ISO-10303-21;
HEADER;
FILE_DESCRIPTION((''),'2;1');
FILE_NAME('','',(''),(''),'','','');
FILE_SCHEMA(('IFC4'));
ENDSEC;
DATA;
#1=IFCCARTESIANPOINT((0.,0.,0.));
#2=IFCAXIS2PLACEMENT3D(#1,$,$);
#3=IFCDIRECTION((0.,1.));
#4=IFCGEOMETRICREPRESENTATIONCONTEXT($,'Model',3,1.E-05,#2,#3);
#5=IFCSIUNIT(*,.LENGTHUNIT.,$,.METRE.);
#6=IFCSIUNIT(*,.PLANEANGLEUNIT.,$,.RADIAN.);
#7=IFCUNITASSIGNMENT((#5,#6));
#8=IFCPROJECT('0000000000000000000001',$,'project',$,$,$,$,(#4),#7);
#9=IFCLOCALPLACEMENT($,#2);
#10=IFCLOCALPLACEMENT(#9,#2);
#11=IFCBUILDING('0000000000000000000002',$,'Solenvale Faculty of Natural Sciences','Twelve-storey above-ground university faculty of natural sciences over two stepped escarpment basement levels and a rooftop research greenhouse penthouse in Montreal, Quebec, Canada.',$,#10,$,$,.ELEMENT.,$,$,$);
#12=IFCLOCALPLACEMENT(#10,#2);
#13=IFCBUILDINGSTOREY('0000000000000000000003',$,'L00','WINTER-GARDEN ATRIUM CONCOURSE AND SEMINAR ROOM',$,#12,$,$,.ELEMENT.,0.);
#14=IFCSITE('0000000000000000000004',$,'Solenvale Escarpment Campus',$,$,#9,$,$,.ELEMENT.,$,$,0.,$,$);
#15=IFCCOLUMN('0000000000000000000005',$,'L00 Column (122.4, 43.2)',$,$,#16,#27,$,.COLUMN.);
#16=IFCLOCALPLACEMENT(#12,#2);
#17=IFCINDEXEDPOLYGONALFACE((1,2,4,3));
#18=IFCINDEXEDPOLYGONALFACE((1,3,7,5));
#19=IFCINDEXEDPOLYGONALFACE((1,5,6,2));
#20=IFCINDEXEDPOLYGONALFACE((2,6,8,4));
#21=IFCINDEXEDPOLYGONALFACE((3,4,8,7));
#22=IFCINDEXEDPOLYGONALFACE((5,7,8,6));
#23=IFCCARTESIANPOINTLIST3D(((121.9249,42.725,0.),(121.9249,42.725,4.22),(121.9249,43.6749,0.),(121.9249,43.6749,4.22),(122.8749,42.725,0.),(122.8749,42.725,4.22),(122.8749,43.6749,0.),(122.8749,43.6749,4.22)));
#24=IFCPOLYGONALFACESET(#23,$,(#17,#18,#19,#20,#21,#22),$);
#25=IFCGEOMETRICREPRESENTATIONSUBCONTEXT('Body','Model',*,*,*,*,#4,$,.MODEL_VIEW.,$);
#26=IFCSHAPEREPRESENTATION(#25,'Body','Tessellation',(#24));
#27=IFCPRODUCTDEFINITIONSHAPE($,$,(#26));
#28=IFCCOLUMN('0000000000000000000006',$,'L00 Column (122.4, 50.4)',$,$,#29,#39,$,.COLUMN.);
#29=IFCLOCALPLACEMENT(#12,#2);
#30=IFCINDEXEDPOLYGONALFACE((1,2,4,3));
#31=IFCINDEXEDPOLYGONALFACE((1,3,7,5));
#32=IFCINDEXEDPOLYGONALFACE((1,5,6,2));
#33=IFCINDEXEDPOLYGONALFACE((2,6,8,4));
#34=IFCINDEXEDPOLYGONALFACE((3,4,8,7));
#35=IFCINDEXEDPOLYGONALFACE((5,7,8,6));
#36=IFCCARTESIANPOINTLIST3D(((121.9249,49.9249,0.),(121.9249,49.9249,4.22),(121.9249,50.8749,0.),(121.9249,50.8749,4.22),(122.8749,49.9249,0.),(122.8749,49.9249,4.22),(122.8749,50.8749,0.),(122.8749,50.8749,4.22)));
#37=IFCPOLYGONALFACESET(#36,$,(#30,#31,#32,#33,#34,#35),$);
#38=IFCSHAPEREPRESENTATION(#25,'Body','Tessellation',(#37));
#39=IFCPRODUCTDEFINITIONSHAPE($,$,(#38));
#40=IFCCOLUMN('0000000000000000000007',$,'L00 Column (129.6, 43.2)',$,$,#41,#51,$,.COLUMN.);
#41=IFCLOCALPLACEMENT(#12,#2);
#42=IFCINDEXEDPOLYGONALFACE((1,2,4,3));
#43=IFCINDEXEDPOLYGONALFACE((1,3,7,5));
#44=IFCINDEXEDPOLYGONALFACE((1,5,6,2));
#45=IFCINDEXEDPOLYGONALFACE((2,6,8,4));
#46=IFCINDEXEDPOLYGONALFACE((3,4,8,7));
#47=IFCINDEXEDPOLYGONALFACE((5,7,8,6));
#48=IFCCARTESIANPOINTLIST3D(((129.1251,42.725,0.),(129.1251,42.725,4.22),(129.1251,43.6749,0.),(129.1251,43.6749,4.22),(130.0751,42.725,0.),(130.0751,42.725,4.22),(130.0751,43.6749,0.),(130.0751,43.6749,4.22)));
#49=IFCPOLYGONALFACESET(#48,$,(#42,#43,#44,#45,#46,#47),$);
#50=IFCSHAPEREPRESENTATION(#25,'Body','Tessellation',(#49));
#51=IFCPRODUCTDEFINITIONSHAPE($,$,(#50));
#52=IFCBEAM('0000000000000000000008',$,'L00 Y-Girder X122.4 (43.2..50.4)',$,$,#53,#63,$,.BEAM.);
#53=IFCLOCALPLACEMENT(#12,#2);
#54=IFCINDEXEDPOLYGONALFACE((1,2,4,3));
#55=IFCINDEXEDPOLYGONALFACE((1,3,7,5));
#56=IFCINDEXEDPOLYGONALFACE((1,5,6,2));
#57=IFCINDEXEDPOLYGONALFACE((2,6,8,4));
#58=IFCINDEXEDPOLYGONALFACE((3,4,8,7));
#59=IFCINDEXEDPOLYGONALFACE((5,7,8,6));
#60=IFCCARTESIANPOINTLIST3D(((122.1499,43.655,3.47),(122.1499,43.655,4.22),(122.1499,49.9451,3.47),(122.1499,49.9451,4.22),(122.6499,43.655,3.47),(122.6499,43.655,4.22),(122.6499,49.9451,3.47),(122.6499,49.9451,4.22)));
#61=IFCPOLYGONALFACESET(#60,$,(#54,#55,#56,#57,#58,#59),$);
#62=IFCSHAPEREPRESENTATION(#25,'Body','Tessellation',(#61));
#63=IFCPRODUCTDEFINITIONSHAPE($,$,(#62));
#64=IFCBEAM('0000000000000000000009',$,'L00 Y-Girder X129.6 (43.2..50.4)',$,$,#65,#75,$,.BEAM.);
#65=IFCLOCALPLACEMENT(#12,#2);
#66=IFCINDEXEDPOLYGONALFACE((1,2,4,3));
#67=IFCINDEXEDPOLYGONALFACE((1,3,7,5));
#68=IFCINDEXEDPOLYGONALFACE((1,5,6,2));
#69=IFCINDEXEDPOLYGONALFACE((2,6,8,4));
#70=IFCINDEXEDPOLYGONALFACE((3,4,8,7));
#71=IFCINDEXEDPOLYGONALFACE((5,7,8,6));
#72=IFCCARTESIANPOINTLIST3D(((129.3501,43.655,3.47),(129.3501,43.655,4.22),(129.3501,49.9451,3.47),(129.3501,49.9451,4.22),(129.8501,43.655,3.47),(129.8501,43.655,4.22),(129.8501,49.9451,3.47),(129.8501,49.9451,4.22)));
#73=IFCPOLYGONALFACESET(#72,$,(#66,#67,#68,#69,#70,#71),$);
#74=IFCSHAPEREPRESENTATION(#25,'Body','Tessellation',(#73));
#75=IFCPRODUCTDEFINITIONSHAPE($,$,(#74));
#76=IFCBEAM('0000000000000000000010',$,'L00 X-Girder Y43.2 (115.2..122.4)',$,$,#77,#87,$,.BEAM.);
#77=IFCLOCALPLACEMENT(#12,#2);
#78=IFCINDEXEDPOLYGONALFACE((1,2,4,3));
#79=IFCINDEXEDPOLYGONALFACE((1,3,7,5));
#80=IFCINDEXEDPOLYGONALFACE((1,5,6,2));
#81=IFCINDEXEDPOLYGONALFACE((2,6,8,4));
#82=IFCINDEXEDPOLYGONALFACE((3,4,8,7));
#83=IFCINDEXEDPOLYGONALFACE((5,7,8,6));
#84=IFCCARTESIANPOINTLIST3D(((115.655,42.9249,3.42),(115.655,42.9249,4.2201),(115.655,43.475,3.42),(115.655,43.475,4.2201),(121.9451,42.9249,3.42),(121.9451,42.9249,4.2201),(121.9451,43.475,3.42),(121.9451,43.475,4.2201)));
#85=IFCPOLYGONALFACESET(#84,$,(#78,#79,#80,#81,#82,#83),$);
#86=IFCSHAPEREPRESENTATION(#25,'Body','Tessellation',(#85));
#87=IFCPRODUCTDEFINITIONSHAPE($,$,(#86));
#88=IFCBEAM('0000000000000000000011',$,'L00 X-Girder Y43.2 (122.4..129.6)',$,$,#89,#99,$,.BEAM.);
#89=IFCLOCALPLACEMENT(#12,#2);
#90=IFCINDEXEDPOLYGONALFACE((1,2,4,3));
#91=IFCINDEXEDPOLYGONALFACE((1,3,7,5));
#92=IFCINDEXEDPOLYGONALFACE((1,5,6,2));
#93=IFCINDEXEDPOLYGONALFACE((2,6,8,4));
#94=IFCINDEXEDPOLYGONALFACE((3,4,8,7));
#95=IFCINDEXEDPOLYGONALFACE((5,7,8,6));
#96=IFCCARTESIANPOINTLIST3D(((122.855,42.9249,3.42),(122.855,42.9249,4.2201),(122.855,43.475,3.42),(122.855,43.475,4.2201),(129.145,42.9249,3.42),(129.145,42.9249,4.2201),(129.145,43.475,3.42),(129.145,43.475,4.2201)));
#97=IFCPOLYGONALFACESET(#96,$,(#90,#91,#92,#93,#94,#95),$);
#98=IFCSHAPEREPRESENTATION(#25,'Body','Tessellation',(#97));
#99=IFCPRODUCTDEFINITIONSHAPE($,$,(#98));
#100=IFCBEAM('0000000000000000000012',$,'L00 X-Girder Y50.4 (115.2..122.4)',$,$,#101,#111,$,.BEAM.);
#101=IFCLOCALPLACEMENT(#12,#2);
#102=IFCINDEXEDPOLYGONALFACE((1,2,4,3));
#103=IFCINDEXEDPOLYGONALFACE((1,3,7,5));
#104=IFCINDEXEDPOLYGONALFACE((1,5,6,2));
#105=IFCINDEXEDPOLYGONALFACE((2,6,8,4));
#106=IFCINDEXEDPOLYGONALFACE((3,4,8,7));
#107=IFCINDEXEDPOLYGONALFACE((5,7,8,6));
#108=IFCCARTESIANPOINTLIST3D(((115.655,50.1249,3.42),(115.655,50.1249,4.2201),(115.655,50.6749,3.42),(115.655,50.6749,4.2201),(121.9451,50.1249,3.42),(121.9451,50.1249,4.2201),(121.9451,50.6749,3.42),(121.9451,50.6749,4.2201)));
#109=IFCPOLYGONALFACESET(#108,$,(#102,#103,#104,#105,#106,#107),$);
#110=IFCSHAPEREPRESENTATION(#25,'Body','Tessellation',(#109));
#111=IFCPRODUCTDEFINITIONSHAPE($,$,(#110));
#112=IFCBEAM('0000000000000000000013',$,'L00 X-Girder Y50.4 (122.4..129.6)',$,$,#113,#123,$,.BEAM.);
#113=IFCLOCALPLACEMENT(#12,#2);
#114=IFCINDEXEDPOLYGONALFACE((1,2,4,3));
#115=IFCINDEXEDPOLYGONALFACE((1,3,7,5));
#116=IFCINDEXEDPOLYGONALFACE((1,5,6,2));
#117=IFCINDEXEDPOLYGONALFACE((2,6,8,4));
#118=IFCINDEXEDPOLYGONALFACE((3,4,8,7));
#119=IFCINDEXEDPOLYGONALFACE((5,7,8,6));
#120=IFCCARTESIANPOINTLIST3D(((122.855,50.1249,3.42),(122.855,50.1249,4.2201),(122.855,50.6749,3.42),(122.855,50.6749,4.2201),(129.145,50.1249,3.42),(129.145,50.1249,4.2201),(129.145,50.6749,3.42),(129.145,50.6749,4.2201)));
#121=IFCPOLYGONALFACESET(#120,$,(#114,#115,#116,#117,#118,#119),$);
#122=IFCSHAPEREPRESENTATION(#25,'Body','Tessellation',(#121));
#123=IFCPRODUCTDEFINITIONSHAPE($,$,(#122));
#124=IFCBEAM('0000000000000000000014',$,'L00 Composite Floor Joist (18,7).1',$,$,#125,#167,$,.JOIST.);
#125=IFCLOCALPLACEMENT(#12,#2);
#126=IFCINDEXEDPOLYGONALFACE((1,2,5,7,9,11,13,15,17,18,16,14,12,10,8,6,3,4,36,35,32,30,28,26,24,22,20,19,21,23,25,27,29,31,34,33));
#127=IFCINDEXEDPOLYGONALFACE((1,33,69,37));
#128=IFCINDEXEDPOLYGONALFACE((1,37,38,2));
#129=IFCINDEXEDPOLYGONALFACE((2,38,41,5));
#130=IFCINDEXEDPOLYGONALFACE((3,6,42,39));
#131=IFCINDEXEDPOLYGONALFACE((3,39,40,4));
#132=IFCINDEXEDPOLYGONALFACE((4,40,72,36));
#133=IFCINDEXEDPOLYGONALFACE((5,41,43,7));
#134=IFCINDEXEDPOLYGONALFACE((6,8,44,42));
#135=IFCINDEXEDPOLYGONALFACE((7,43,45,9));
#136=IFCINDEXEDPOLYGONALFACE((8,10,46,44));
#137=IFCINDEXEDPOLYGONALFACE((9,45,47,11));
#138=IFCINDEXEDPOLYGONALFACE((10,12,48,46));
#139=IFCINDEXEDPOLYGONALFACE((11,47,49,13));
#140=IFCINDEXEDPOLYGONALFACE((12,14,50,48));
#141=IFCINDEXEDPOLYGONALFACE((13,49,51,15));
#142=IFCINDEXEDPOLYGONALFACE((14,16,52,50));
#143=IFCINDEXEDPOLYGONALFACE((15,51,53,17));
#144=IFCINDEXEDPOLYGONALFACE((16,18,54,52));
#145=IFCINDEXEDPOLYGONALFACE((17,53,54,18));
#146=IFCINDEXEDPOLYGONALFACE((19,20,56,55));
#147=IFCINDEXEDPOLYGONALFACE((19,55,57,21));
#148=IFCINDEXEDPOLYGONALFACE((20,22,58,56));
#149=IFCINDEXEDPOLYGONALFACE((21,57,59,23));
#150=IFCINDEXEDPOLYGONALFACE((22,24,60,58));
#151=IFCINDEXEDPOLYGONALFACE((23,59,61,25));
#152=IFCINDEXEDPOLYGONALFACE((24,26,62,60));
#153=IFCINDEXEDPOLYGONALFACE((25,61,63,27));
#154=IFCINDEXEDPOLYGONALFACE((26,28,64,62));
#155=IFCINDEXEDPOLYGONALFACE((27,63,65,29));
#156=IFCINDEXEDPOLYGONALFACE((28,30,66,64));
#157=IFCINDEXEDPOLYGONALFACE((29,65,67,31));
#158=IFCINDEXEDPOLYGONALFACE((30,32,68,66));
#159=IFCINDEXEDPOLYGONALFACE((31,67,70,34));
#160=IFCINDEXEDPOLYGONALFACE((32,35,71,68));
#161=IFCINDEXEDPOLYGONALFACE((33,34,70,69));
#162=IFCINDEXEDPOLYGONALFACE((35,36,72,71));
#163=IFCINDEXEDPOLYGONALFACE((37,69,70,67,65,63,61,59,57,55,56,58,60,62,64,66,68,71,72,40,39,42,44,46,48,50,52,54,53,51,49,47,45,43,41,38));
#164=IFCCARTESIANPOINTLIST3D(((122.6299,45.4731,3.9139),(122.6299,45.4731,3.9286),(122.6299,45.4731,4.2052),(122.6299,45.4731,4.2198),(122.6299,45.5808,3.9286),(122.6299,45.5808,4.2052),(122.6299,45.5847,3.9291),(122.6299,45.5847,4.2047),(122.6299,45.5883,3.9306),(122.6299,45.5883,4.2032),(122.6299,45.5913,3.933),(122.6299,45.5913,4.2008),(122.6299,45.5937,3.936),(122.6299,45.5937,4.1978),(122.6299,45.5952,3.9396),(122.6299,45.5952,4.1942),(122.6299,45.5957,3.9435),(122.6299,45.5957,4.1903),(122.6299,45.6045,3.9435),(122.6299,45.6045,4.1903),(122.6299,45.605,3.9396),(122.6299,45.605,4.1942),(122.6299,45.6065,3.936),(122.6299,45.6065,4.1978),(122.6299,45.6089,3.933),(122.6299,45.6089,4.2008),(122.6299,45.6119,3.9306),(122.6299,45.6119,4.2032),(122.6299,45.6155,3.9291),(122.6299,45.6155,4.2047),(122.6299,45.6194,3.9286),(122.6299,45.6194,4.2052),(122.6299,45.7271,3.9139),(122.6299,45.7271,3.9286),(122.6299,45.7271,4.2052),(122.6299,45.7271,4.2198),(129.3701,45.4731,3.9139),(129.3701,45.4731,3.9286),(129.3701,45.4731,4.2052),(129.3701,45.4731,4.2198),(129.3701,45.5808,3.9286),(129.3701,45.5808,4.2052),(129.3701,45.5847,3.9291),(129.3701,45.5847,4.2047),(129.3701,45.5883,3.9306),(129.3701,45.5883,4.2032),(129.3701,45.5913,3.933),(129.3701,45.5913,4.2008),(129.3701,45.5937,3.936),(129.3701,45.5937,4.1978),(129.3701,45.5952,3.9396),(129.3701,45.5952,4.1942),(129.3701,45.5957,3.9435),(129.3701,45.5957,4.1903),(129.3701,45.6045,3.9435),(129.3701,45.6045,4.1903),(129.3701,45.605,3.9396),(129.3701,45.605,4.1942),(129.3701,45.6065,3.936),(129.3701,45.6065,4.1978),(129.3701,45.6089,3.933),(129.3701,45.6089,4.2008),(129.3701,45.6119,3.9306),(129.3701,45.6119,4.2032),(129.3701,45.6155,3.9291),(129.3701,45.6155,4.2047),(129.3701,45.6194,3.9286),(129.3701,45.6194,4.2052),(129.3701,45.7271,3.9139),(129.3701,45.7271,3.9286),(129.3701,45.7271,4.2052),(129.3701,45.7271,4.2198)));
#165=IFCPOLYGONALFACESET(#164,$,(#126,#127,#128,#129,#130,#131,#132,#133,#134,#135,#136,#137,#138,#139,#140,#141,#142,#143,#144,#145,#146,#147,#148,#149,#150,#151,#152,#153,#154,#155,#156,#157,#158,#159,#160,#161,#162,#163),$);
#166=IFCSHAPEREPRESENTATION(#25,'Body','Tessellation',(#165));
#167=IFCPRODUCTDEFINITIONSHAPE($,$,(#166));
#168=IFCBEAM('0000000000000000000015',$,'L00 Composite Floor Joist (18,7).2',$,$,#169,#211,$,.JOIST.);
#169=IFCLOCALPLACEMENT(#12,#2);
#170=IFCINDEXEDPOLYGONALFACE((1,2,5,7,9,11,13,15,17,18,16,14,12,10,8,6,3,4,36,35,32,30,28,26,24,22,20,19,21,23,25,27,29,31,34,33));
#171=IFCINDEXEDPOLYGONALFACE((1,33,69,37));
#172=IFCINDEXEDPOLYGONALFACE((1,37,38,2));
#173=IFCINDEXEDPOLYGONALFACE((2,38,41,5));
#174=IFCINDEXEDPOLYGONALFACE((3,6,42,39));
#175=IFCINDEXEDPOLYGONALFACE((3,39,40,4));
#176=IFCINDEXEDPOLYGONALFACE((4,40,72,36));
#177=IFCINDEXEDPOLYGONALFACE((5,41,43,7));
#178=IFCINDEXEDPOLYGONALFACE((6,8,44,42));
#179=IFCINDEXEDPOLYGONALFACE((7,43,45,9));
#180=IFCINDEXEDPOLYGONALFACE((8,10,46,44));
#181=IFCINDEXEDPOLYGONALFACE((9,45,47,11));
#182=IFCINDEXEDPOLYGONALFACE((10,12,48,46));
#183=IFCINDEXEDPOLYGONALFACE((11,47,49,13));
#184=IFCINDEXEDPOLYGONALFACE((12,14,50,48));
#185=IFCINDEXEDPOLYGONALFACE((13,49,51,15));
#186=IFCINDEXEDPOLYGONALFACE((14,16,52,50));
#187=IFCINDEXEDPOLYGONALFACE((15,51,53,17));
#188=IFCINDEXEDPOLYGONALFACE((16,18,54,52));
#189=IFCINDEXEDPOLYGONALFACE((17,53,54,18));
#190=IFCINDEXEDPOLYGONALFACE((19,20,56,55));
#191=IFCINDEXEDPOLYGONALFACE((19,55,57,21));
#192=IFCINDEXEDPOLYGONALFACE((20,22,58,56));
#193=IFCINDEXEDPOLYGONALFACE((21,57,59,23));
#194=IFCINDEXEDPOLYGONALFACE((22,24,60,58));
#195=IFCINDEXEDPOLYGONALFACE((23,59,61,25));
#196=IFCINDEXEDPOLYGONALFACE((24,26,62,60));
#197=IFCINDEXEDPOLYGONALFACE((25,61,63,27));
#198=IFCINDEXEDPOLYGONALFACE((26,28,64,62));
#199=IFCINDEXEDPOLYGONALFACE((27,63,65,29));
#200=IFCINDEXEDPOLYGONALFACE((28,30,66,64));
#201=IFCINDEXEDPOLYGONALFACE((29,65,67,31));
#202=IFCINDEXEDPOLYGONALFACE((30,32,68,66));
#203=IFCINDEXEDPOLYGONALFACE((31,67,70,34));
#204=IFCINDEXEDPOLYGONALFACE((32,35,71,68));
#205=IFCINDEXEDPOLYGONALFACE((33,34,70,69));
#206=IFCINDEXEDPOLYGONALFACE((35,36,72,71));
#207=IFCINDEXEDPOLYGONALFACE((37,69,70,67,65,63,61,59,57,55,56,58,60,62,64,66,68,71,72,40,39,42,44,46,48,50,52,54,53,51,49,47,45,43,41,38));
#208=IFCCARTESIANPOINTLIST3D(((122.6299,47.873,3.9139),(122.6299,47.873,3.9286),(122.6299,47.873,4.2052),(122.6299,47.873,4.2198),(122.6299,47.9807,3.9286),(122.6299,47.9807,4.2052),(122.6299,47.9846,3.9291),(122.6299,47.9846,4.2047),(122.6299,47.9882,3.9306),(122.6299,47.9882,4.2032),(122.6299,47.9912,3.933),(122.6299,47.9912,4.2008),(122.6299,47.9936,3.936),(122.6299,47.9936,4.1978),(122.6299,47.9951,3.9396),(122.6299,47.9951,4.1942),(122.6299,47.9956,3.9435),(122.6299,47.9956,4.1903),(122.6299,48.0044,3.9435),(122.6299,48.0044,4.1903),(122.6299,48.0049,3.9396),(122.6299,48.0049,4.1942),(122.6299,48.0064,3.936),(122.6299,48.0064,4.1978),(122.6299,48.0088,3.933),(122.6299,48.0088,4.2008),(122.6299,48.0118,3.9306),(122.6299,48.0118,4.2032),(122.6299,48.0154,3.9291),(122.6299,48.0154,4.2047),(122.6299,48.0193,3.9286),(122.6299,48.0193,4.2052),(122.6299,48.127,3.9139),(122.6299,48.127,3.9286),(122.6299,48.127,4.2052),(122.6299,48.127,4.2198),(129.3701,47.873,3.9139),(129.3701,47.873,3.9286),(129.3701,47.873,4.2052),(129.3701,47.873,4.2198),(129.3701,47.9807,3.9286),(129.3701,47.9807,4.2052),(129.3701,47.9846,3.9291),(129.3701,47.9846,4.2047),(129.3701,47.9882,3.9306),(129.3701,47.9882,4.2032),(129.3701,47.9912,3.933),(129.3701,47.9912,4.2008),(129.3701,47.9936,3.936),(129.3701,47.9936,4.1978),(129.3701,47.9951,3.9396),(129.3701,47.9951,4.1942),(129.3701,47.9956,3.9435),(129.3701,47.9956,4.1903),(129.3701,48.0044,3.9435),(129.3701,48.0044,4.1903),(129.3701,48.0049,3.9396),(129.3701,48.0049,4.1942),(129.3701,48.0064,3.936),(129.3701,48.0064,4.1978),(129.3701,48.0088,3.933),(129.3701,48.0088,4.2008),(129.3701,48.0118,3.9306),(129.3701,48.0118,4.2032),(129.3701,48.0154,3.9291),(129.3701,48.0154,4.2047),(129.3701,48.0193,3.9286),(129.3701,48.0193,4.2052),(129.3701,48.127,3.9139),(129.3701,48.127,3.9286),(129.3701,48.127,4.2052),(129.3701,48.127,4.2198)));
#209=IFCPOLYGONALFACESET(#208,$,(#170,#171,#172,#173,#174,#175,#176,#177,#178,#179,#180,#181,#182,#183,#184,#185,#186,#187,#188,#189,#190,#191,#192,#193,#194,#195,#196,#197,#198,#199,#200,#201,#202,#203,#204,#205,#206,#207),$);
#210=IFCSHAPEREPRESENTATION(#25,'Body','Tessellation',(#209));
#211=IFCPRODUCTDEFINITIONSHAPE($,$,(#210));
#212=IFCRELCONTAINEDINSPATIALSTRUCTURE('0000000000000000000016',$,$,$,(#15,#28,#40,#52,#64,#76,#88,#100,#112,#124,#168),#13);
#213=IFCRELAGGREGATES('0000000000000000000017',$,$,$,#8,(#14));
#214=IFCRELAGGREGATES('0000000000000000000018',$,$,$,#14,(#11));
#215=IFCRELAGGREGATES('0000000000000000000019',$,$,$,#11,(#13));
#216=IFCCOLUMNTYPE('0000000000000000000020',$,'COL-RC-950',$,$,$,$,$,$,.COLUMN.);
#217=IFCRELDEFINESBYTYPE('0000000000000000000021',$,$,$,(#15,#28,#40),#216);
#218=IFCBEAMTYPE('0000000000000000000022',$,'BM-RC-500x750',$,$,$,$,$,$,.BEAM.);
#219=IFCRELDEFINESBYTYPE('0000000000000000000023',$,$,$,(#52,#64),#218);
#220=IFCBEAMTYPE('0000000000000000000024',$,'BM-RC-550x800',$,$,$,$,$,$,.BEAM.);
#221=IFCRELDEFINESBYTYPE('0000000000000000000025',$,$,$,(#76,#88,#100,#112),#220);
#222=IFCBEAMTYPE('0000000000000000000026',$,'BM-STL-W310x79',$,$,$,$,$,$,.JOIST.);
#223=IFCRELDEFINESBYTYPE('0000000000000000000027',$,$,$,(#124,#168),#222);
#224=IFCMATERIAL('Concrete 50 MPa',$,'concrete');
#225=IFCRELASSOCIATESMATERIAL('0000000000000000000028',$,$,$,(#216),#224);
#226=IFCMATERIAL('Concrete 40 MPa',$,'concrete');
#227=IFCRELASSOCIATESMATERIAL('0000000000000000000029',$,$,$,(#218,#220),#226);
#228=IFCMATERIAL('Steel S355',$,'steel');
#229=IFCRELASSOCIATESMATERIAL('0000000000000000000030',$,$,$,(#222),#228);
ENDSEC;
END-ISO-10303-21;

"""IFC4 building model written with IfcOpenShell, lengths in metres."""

from ifc_helpers import new_model, si_unit, direction, frame, origin, origin_2d, place, context, subcontext, project, spatial, rectangle, i_section, extrude, material, material_profile, profile_set, type_object, element, save


model = new_model("IFC4")

# Units and contexts
model_context = context("Model", 3, precision=1e-05, world=origin(), true_north=direction((0.0, 1.0)))
body_context = subcontext(model_context, "Body", "Model", "MODEL_VIEW")
ifc_project = project(units=[si_unit("LENGTHUNIT", "METRE"), si_unit("PLANEANGLEUNIT", "RADIAN")], contexts=[model_context])

# Site, building, storey
site_placement = place(None, origin())
site = spatial("IfcSite", under=ifc_project, at=site_placement, Name="Solenvale Escarpment Campus", CompositionType="ELEMENT", RefElevation=0.0)
building_placement = place(site_placement, origin())
building = spatial("IfcBuilding", under=site, at=building_placement, Name="Solenvale Faculty of Natural Sciences", Description="Twelve-storey above-ground university faculty of natural sciences over two stepped escarpment basement levels and a rooftop research greenhouse penthouse in Montreal, Quebec, Canada.", CompositionType="ELEMENT")
storey_placement = place(building_placement, origin())
storey = spatial("IfcBuildingStorey", under=building, at=storey_placement, Name="L00", Description="WINTER-GARDEN ATRIUM CONCOURSE AND SEMINAR ROOM", CompositionType="ELEMENT", Elevation=0.0)

# Columns
ifc_material_1 = material(Name="Concrete 50 MPa", Category="concrete")
ifc_material_profile_1 = material_profile(ifc_material_1, rectangle(XDim=0.95, YDim=0.95, at=origin_2d()), Name="RC-COL-950x950")
ifc_profile_set_1 = profile_set([ifc_material_profile_1], Name="Concrete 50 MPa")
column_type = type_object("IfcColumnType", Name="COL-RC-950", PredefinedType="COLUMN", material=ifc_profile_set_1)
for number, where, z_axis, x_axis, name in (
    (1, (122.3999, 43.2, 0.0), (0.0, 0.0, 1.0), (1.0, 0.0, 0.0), "L00 Column (122.4, 43.2)"),
    (2, (122.3999, 50.3999, 0.0), (0.0, 0.0, 1.0), (1.0, 0.0, 0.0), "L00 Column (122.4, 50.4)"),
    (3, (129.6001, 43.2, 0.0), (0.0, 0.0, 1.0), (1.0, 0.0, 0.0), "L00 Column (129.6, 43.2)"),
):
    element("IfcColumn", number, at=place(storey_placement, frame(where, z_axis=z_axis, x_axis=x_axis)), inside=storey, type_object=column_type, Name=name, PredefinedType="COLUMN", context=body_context, shape_type="SweptSolid", body=[
        extrude(rectangle(XDim=0.95, YDim=0.95, at=origin_2d()), origin(), (0.0, 0.0, 1.0), 4.22),
    ])

# Beams
ifc_material_2 = material(Name="Concrete 40 MPa", Category="concrete")
ifc_material_profile_2 = material_profile(ifc_material_2, rectangle(XDim=0.5, YDim=0.75, at=origin_2d()), Name="RC-BM-500x750")
ifc_profile_set_2 = profile_set([ifc_material_profile_2], Name="Concrete 40 MPa")
beam_type_1 = type_object("IfcBeamType", Name="BM-RC-500x750", PredefinedType="BEAM", material=ifc_profile_set_2)
for number, where, z_axis, x_axis, name in (
    (4, (122.3999, 43.655, 3.845), (0.0, 1.0, 0.0), (-1.0, 0.0, 0.0), "L00 Y-Girder X122.4 (43.2..50.4)"),
    (5, (129.6001, 43.655, 3.845), (0.0, 1.0, 0.0), (-1.0, 0.0, 0.0), "L00 Y-Girder X129.6 (43.2..50.4)"),
):
    element("IfcBeam", number, at=place(storey_placement, frame(where, z_axis=z_axis, x_axis=x_axis)), inside=storey, type_object=beam_type_1, Name=name, PredefinedType="BEAM", context=body_context, shape_type="SweptSolid", body=[
        extrude(rectangle(XDim=0.5, YDim=0.75, at=origin_2d()), origin(), (0.0, 0.0, 1.0), 6.29),
    ])
ifc_material_profile_3 = material_profile(ifc_material_2, rectangle(XDim=0.55, YDim=0.8, at=origin_2d()), Name="RC-BM-550x800")
ifc_profile_set_3 = profile_set([ifc_material_profile_3], Name="Concrete 40 MPa")
beam_type_2 = type_object("IfcBeamType", Name="BM-RC-550x800", PredefinedType="BEAM", material=ifc_profile_set_3)
for number, where, z_axis, x_axis, name in (
    (6, (115.655, 43.2, 3.8201), (1.0, 0.0, 0.0), (0.0, 1.0, 0.0), "L00 X-Girder Y43.2 (115.2..122.4)"),
    (7, (122.855, 43.2, 3.8201), (1.0, 0.0, 0.0), (0.0, 1.0, 0.0), "L00 X-Girder Y43.2 (122.4..129.6)"),
    (8, (115.655, 50.3999, 3.8201), (1.0, 0.0, 0.0), (0.0, 1.0, 0.0), "L00 X-Girder Y50.4 (115.2..122.4)"),
    (9, (122.855, 50.3999, 3.8201), (1.0, 0.0, 0.0), (0.0, 1.0, 0.0), "L00 X-Girder Y50.4 (122.4..129.6)"),
):
    element("IfcBeam", number, at=place(storey_placement, frame(where, z_axis=z_axis, x_axis=x_axis)), inside=storey, type_object=beam_type_2, Name=name, PredefinedType="BEAM", context=body_context, shape_type="SweptSolid", body=[
        extrude(rectangle(XDim=0.55, YDim=0.8, at=origin_2d()), origin(), (0.0, 0.0, 1.0), 6.29),
    ])
ifc_material_3 = material(Name="Steel S355", Category="steel")
ifc_material_profile_4 = material_profile(ifc_material_3, i_section(OverallWidth=0.2539, OverallDepth=0.3059, WebThickness=0.0088, FlangeThickness=0.0146, FilletRadius=0.0149, at=origin_2d()), Name="W310x79")
ifc_profile_set_4 = profile_set([ifc_material_profile_4], Name="Steel S355")
beam_type_3 = type_object("IfcBeamType", Name="BM-STL-W310x79", PredefinedType="JOIST", material=ifc_profile_set_4)
for number, where, z_axis, x_axis, name in (
    (10, (122.6299, 45.6001, 4.0669), (1.0, 0.0, 0.0), (0.0, 1.0, 0.0), "L00 Composite Floor Joist (18,7).1"),
    (11, (122.6299, 48.0, 4.0669), (1.0, 0.0, 0.0), (0.0, 1.0, 0.0), "L00 Composite Floor Joist (18,7).2"),
):
    element("IfcBeam", number, at=place(storey_placement, frame(where, z_axis=z_axis, x_axis=x_axis)), inside=storey, type_object=beam_type_3, Name=name, PredefinedType="JOIST", context=body_context, shape_type="SweptSolid", body=[
        extrude(i_section(OverallWidth=0.2539, OverallDepth=0.3059, WebThickness=0.0088, FlangeThickness=0.0146, FilletRadius=0.0149, at=origin_2d()), origin(), (0.0, 0.0, 1.0), 6.7402),
    ])

save(model, "model.ifc")
